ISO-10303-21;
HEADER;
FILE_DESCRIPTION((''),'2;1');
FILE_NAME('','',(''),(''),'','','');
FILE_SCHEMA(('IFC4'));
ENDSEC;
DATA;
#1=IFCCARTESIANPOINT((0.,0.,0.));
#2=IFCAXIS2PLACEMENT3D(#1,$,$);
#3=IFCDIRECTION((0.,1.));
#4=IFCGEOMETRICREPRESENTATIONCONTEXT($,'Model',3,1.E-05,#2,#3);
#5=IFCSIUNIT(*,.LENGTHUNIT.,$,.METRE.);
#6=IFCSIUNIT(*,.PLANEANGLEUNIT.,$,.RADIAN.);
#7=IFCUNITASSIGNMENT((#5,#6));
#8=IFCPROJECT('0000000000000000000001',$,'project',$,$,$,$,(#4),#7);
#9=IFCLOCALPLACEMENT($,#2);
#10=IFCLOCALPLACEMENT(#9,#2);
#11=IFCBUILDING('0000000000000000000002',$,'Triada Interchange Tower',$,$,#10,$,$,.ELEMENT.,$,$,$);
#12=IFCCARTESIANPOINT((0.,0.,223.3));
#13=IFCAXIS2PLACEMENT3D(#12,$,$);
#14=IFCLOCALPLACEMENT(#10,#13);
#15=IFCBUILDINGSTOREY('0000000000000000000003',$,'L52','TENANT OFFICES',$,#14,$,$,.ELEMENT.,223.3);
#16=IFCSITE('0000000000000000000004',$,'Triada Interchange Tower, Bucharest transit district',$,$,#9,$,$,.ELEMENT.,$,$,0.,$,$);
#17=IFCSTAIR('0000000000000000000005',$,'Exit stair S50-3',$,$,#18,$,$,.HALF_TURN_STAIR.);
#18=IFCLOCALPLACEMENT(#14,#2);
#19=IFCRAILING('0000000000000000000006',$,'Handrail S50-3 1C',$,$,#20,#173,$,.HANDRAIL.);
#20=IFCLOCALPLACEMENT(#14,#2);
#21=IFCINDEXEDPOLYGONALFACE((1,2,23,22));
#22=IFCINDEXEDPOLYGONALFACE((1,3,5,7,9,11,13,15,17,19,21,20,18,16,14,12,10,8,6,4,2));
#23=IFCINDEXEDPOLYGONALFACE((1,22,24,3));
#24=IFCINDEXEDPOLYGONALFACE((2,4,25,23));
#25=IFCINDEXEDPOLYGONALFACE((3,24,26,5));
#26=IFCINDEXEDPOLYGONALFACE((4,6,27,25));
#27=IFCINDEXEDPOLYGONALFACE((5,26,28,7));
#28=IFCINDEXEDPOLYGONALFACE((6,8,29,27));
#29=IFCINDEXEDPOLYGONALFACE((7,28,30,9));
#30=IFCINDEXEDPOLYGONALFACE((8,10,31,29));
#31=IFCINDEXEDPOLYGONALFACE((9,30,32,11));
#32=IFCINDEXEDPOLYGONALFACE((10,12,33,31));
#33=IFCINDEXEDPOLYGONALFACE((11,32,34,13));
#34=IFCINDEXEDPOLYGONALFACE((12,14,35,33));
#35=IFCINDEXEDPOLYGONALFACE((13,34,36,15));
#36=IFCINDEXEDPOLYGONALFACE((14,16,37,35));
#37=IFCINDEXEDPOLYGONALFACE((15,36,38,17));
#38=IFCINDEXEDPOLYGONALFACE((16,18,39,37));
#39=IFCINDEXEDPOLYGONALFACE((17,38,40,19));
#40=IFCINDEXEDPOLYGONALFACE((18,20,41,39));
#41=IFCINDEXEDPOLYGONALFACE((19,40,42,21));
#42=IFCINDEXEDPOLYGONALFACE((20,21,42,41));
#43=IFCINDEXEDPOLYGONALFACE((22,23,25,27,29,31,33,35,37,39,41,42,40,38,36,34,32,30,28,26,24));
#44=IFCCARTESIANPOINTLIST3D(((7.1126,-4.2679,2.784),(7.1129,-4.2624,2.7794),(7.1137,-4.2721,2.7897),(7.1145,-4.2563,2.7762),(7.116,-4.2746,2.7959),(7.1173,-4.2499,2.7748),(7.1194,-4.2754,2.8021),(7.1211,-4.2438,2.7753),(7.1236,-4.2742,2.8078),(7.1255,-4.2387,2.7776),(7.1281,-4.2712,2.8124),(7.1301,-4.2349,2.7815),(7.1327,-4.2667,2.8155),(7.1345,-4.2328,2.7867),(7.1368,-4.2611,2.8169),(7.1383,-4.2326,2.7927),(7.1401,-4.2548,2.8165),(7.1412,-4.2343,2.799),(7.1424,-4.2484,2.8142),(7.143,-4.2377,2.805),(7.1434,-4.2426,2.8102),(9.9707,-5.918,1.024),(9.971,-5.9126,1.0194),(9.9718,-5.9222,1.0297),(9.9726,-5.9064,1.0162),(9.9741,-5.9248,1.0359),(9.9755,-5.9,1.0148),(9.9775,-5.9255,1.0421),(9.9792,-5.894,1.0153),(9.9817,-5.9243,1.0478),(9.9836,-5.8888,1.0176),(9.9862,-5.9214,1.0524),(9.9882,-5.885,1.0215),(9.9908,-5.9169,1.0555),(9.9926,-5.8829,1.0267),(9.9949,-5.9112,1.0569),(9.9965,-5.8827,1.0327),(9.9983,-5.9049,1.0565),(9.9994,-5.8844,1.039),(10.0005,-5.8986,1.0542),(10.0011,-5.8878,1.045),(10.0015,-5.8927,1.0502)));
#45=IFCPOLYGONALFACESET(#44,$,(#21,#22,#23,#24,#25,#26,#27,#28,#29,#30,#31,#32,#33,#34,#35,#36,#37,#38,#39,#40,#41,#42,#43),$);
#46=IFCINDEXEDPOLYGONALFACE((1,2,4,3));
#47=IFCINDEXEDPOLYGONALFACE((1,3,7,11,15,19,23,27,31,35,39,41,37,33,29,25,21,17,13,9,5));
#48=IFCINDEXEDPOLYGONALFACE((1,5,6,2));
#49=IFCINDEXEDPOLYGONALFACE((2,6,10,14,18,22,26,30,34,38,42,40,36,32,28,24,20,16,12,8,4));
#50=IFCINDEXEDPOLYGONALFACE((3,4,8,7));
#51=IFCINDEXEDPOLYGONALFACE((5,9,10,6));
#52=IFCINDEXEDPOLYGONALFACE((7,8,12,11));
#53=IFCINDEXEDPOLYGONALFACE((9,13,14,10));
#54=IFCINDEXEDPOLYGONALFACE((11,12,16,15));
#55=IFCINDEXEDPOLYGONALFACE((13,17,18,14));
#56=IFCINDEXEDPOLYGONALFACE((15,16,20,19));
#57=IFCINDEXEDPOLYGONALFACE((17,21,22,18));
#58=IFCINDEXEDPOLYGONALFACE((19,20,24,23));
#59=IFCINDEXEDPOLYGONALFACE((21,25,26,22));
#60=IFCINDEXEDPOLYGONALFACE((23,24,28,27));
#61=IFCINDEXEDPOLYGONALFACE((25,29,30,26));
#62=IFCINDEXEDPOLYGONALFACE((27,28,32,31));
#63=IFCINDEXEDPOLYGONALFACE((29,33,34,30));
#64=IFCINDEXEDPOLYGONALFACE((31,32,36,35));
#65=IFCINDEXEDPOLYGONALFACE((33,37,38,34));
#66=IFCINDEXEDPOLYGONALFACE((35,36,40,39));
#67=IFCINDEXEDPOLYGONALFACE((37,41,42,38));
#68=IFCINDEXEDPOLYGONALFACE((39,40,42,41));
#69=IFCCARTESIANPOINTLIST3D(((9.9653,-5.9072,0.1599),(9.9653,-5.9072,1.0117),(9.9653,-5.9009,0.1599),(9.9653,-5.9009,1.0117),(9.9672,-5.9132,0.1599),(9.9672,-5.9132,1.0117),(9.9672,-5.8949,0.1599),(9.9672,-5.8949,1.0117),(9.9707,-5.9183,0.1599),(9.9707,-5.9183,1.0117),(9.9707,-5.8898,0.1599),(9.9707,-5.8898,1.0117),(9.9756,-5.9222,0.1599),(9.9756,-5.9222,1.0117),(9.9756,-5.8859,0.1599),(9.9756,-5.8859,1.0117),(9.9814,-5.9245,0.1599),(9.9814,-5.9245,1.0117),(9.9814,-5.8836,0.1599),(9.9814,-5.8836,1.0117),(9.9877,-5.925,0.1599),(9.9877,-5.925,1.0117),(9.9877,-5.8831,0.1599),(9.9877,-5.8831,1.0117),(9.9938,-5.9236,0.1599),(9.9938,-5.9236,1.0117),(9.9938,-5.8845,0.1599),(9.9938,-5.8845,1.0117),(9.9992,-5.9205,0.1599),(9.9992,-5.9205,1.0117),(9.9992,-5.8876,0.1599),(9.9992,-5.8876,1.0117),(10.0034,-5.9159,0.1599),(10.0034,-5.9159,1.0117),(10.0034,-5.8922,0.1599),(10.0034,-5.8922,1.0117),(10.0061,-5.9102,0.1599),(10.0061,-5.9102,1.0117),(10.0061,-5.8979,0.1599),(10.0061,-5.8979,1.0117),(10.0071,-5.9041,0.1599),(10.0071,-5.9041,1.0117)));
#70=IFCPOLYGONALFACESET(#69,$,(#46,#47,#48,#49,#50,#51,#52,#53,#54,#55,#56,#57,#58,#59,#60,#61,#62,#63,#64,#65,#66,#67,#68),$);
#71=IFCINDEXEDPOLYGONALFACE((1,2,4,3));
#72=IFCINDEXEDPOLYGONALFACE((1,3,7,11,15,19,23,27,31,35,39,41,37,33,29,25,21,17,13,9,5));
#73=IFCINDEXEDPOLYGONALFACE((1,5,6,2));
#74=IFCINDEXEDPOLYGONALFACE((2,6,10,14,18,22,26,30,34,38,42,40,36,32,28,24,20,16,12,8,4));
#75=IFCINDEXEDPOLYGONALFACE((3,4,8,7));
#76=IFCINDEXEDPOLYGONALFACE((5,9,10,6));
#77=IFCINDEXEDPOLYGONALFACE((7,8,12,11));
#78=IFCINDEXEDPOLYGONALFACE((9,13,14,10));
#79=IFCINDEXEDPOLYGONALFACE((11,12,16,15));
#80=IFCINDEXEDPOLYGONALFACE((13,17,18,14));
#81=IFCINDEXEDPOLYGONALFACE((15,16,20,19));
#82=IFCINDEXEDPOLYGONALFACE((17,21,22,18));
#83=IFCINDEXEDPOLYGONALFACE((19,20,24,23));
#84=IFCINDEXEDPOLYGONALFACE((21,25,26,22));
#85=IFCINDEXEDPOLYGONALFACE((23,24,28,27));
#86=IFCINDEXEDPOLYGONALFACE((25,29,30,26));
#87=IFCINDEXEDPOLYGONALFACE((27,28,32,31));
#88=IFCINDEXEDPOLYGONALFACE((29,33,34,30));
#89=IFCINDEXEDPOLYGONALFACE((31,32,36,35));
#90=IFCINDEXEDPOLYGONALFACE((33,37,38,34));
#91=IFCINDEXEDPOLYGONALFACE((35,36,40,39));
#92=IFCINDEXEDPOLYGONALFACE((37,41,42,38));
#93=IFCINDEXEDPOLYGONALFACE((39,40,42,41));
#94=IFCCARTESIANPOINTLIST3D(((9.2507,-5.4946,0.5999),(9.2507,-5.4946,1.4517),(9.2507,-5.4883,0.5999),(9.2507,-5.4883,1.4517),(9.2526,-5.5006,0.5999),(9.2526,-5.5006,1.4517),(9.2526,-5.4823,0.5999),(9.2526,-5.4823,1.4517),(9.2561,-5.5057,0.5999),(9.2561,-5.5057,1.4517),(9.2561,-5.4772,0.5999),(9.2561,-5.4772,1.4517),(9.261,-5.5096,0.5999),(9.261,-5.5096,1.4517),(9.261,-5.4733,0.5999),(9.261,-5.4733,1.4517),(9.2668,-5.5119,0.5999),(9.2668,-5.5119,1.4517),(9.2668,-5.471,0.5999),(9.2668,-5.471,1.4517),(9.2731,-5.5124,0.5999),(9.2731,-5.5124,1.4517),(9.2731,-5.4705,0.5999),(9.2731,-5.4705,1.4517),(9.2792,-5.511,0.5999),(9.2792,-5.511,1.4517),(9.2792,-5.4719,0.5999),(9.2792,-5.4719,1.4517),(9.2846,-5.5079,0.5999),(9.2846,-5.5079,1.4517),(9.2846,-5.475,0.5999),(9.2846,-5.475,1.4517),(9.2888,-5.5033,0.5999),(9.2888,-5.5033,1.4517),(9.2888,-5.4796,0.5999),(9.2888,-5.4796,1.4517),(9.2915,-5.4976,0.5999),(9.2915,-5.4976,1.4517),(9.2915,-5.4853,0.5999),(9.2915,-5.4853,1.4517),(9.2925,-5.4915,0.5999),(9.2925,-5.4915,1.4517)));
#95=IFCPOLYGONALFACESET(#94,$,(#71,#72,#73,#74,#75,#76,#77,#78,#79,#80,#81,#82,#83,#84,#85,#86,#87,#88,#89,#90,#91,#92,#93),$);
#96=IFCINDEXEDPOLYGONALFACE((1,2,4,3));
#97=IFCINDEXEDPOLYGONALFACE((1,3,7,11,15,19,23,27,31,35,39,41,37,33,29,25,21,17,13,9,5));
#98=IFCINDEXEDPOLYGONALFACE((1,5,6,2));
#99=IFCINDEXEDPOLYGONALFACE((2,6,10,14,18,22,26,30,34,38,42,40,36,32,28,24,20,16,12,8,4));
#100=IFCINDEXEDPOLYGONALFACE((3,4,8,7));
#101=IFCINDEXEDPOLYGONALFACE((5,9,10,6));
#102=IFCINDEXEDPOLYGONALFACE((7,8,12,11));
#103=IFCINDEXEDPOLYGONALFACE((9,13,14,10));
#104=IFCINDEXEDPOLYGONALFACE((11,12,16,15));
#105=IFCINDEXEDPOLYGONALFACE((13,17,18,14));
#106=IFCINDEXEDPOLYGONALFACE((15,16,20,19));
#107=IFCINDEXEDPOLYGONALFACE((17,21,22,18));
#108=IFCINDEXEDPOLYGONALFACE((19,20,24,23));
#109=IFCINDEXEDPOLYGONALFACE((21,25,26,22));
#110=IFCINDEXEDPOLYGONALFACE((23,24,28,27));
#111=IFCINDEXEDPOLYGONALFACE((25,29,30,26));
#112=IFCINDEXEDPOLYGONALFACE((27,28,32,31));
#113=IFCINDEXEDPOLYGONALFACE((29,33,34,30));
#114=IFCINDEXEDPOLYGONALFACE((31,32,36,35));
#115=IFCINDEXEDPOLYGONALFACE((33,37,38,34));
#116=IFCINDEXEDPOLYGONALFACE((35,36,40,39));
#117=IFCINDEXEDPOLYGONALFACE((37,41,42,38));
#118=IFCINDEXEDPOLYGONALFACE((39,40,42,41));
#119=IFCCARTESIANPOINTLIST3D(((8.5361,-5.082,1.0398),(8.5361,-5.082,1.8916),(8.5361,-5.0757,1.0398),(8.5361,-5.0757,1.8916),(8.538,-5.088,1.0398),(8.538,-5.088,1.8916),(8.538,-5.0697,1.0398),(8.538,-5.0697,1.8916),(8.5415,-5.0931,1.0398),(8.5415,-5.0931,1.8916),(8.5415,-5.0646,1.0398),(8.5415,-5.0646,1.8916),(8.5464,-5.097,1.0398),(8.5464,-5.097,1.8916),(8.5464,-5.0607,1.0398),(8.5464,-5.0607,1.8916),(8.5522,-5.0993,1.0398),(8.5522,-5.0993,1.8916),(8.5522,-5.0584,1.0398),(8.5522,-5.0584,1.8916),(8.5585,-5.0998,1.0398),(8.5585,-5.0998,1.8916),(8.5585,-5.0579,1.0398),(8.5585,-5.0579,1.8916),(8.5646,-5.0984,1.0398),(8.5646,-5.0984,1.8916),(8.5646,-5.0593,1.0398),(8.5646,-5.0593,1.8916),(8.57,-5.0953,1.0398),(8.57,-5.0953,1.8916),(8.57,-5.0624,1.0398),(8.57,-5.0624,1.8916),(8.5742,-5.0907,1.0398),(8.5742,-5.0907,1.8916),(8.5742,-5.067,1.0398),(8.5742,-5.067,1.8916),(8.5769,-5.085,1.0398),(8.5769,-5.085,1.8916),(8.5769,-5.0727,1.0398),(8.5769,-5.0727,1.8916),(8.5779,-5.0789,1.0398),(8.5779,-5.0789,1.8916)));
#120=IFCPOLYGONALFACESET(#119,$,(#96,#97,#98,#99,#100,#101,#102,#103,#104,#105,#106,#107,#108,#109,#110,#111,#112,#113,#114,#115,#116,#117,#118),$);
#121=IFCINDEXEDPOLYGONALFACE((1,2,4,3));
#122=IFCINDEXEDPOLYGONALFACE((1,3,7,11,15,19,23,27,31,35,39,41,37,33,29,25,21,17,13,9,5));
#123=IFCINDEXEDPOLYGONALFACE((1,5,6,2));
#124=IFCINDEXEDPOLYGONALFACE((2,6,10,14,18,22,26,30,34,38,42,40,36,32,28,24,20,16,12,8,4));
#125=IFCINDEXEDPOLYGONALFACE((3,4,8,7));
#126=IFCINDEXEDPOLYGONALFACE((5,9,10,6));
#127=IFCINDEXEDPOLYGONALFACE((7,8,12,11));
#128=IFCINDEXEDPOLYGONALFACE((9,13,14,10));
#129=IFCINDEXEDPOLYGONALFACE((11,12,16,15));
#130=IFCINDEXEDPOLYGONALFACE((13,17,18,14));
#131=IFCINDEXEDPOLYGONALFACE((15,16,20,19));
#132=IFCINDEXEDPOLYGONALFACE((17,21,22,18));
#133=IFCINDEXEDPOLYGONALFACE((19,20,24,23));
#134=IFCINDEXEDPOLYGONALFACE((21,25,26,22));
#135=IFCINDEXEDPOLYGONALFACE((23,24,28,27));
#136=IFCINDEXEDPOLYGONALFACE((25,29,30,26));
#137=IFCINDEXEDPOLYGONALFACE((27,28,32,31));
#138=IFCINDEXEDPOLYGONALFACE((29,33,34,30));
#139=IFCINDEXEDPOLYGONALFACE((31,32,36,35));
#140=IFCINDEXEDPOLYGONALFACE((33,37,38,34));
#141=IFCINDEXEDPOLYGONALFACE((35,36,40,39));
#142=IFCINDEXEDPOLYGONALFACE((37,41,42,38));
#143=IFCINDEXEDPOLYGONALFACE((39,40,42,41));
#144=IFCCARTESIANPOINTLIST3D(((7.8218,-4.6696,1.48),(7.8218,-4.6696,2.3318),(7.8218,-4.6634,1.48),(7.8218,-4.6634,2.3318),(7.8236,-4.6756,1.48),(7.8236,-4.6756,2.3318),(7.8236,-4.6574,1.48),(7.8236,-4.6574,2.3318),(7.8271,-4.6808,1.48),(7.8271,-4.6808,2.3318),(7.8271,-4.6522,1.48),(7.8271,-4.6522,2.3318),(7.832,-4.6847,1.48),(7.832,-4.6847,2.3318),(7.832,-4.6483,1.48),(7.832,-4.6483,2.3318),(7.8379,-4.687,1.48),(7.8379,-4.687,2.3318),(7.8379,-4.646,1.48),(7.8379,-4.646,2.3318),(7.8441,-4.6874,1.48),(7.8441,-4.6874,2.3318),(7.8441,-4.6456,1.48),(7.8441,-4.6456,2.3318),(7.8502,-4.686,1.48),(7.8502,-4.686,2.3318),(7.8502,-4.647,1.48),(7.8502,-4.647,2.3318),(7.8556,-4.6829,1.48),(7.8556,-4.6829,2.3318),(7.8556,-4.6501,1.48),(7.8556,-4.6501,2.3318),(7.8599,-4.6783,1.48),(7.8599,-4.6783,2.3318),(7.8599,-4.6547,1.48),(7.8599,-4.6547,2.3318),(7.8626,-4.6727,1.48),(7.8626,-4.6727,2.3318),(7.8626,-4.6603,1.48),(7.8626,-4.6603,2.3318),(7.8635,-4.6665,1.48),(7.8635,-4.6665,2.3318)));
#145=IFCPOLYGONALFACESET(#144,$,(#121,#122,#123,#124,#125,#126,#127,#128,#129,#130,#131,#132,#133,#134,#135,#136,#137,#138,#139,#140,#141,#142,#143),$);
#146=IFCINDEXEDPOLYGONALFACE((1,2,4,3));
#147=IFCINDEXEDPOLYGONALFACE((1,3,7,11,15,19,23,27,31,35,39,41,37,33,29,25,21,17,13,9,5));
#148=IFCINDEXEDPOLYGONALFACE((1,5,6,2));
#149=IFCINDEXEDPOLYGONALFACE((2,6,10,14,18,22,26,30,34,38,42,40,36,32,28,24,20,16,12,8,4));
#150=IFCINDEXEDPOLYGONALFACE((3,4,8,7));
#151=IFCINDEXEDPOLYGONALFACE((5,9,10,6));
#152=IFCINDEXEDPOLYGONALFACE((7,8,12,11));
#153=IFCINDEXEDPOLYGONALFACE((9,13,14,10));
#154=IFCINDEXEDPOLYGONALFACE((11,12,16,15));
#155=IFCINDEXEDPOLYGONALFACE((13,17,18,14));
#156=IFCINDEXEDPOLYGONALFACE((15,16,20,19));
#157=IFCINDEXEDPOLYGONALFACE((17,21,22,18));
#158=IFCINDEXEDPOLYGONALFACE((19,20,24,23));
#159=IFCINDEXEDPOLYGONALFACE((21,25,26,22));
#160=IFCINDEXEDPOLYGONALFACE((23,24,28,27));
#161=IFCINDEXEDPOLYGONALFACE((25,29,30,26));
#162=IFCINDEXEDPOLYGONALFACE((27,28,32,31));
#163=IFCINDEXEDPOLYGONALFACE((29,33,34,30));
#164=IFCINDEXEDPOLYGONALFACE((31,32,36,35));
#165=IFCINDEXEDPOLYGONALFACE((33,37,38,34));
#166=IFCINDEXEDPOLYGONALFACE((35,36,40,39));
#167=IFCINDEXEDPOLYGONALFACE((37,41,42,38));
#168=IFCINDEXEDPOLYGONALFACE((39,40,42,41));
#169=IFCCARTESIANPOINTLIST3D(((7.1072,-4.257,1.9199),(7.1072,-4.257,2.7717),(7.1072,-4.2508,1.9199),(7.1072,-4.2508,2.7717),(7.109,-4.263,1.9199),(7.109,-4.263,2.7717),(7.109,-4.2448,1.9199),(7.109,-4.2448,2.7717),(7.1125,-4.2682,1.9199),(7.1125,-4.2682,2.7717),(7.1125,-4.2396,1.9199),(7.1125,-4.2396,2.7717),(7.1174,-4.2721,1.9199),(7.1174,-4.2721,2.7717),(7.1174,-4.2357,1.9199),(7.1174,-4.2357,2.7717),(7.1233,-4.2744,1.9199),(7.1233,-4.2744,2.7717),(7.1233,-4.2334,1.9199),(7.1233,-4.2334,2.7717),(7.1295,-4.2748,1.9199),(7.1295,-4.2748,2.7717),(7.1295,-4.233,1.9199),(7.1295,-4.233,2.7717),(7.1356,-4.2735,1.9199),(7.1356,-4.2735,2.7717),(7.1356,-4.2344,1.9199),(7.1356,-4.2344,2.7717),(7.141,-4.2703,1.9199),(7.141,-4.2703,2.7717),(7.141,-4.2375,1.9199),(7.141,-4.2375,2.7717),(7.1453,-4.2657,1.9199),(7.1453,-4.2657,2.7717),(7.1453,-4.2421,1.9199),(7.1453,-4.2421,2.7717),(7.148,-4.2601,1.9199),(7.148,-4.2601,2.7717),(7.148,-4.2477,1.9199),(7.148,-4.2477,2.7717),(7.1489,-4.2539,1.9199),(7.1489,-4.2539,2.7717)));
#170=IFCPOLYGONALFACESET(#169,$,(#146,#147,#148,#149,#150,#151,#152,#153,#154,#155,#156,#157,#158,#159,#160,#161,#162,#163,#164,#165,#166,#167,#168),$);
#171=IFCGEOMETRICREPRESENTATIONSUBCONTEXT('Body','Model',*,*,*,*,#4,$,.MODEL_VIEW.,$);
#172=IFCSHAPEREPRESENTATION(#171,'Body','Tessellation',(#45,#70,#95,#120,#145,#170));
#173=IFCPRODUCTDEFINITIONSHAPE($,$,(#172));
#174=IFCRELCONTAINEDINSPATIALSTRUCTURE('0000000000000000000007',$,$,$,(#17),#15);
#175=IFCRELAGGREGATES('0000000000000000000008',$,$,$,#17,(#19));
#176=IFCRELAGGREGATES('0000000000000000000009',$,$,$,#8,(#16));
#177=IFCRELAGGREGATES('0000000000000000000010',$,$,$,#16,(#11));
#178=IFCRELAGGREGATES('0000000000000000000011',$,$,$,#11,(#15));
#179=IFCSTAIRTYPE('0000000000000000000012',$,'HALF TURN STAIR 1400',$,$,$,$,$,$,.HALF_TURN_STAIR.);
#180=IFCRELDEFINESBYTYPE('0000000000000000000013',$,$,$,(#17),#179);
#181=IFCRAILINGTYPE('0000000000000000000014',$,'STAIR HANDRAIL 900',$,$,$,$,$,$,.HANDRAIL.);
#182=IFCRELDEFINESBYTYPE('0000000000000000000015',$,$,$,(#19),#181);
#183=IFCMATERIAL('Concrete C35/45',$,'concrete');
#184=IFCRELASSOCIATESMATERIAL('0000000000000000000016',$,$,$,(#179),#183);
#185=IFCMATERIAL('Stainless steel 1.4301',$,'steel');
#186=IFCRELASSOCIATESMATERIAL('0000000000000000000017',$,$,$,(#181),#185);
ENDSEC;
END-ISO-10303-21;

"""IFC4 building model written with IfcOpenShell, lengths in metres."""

from ifc_helpers import new_model, si_unit, direction, frame, origin, origin_2d, place, context, subcontext, project, spatial, circle, extrude, material, type_object, element, aggregate, save


model = new_model("IFC4")

# Units and contexts
model_context = context("Model", 3, precision=1e-05, world=origin(), true_north=direction((0.0, 1.0)))
body_context = subcontext(model_context, "Body", "Model", "MODEL_VIEW")
ifc_project = project(units=[si_unit("LENGTHUNIT", "METRE"), si_unit("PLANEANGLEUNIT", "RADIAN")], contexts=[model_context])

# Site, building, storey
site_placement = place(None, origin())
site = spatial("IfcSite", under=ifc_project, at=site_placement, Name="Triada Interchange Tower, Bucharest transit district", CompositionType="ELEMENT", RefElevation=0.0)
building_placement = place(site_placement, origin())
building = spatial("IfcBuilding", under=site, at=building_placement, Name="Triada Interchange Tower", CompositionType="ELEMENT")
storey_placement = place(building_placement, frame((0.0, 0.0, 223.3)))
storey = spatial("IfcBuildingStorey", under=building, at=storey_placement, Name="L52", Description="TENANT OFFICES", CompositionType="ELEMENT", Elevation=223.3)

# Stair, railing
ifc_material_1 = material(Name="Concrete C35/45", Category="concrete")
stair_type = type_object("IfcStairType", Name="HALF TURN STAIR 1400", PredefinedType="HALF_TURN_STAIR", material=ifc_material_1)
stair_placement = place(storey_placement, origin())
stair = element("IfcStair", 1, at=stair_placement, inside=storey, type_object=stair_type, Name="Exit stair S50-3", PredefinedType="HALF_TURN_STAIR")
ifc_material_2 = material(Name="Stainless steel 1.4301", Category="steel")
railing_type = type_object("IfcRailingType", Name="STAIR HANDRAIL 900", PredefinedType="HANDRAIL", material=ifc_material_2)
railing_1_placement = place(storey_placement, frame((9.9861, -5.9041, 0.1599)))
railing_1 = element("IfcRailing", 2, at=railing_1_placement, type_object=railing_type, Name="Handrail S50-3 1C", PredefinedType="HANDRAIL", context=body_context, shape_type="SweptSolid", body=[
    extrude(circle(Radius=0.0239, at=origin_2d()), frame((0.0, 0.0, 0.876), z_axis=(-0.764156, 0.441183, 0.470556), x_axis=(-0.499998, -0.866027, 0.0)), (0.0, 0.0, 1.0), 3.7402),
    extrude(circle(Radius=0.021, at=origin_2d()), origin(), (0.0, 0.0, 1.0), 0.8518),
    extrude(circle(Radius=0.021, at=origin_2d()), frame((-0.7146, 0.4126, 0.4399)), (0.0, 0.0, 1.0), 0.8518),
    extrude(circle(Radius=0.021, at=origin_2d()), frame((-1.4292, 0.8252, 0.8799)), (0.0, 0.0, 1.0), 0.8518),
    extrude(circle(Radius=0.021, at=origin_2d()), frame((-2.1436, 1.2375, 1.3201)), (0.0, 0.0, 1.0), 0.8518),
    extrude(circle(Radius=0.021, at=origin_2d()), frame((-2.8582, 1.6501, 1.76)), (0.0, 0.0, 1.0), 0.8518),
])
aggregate(stair, [railing_1])

save(model, "model.ifc")
